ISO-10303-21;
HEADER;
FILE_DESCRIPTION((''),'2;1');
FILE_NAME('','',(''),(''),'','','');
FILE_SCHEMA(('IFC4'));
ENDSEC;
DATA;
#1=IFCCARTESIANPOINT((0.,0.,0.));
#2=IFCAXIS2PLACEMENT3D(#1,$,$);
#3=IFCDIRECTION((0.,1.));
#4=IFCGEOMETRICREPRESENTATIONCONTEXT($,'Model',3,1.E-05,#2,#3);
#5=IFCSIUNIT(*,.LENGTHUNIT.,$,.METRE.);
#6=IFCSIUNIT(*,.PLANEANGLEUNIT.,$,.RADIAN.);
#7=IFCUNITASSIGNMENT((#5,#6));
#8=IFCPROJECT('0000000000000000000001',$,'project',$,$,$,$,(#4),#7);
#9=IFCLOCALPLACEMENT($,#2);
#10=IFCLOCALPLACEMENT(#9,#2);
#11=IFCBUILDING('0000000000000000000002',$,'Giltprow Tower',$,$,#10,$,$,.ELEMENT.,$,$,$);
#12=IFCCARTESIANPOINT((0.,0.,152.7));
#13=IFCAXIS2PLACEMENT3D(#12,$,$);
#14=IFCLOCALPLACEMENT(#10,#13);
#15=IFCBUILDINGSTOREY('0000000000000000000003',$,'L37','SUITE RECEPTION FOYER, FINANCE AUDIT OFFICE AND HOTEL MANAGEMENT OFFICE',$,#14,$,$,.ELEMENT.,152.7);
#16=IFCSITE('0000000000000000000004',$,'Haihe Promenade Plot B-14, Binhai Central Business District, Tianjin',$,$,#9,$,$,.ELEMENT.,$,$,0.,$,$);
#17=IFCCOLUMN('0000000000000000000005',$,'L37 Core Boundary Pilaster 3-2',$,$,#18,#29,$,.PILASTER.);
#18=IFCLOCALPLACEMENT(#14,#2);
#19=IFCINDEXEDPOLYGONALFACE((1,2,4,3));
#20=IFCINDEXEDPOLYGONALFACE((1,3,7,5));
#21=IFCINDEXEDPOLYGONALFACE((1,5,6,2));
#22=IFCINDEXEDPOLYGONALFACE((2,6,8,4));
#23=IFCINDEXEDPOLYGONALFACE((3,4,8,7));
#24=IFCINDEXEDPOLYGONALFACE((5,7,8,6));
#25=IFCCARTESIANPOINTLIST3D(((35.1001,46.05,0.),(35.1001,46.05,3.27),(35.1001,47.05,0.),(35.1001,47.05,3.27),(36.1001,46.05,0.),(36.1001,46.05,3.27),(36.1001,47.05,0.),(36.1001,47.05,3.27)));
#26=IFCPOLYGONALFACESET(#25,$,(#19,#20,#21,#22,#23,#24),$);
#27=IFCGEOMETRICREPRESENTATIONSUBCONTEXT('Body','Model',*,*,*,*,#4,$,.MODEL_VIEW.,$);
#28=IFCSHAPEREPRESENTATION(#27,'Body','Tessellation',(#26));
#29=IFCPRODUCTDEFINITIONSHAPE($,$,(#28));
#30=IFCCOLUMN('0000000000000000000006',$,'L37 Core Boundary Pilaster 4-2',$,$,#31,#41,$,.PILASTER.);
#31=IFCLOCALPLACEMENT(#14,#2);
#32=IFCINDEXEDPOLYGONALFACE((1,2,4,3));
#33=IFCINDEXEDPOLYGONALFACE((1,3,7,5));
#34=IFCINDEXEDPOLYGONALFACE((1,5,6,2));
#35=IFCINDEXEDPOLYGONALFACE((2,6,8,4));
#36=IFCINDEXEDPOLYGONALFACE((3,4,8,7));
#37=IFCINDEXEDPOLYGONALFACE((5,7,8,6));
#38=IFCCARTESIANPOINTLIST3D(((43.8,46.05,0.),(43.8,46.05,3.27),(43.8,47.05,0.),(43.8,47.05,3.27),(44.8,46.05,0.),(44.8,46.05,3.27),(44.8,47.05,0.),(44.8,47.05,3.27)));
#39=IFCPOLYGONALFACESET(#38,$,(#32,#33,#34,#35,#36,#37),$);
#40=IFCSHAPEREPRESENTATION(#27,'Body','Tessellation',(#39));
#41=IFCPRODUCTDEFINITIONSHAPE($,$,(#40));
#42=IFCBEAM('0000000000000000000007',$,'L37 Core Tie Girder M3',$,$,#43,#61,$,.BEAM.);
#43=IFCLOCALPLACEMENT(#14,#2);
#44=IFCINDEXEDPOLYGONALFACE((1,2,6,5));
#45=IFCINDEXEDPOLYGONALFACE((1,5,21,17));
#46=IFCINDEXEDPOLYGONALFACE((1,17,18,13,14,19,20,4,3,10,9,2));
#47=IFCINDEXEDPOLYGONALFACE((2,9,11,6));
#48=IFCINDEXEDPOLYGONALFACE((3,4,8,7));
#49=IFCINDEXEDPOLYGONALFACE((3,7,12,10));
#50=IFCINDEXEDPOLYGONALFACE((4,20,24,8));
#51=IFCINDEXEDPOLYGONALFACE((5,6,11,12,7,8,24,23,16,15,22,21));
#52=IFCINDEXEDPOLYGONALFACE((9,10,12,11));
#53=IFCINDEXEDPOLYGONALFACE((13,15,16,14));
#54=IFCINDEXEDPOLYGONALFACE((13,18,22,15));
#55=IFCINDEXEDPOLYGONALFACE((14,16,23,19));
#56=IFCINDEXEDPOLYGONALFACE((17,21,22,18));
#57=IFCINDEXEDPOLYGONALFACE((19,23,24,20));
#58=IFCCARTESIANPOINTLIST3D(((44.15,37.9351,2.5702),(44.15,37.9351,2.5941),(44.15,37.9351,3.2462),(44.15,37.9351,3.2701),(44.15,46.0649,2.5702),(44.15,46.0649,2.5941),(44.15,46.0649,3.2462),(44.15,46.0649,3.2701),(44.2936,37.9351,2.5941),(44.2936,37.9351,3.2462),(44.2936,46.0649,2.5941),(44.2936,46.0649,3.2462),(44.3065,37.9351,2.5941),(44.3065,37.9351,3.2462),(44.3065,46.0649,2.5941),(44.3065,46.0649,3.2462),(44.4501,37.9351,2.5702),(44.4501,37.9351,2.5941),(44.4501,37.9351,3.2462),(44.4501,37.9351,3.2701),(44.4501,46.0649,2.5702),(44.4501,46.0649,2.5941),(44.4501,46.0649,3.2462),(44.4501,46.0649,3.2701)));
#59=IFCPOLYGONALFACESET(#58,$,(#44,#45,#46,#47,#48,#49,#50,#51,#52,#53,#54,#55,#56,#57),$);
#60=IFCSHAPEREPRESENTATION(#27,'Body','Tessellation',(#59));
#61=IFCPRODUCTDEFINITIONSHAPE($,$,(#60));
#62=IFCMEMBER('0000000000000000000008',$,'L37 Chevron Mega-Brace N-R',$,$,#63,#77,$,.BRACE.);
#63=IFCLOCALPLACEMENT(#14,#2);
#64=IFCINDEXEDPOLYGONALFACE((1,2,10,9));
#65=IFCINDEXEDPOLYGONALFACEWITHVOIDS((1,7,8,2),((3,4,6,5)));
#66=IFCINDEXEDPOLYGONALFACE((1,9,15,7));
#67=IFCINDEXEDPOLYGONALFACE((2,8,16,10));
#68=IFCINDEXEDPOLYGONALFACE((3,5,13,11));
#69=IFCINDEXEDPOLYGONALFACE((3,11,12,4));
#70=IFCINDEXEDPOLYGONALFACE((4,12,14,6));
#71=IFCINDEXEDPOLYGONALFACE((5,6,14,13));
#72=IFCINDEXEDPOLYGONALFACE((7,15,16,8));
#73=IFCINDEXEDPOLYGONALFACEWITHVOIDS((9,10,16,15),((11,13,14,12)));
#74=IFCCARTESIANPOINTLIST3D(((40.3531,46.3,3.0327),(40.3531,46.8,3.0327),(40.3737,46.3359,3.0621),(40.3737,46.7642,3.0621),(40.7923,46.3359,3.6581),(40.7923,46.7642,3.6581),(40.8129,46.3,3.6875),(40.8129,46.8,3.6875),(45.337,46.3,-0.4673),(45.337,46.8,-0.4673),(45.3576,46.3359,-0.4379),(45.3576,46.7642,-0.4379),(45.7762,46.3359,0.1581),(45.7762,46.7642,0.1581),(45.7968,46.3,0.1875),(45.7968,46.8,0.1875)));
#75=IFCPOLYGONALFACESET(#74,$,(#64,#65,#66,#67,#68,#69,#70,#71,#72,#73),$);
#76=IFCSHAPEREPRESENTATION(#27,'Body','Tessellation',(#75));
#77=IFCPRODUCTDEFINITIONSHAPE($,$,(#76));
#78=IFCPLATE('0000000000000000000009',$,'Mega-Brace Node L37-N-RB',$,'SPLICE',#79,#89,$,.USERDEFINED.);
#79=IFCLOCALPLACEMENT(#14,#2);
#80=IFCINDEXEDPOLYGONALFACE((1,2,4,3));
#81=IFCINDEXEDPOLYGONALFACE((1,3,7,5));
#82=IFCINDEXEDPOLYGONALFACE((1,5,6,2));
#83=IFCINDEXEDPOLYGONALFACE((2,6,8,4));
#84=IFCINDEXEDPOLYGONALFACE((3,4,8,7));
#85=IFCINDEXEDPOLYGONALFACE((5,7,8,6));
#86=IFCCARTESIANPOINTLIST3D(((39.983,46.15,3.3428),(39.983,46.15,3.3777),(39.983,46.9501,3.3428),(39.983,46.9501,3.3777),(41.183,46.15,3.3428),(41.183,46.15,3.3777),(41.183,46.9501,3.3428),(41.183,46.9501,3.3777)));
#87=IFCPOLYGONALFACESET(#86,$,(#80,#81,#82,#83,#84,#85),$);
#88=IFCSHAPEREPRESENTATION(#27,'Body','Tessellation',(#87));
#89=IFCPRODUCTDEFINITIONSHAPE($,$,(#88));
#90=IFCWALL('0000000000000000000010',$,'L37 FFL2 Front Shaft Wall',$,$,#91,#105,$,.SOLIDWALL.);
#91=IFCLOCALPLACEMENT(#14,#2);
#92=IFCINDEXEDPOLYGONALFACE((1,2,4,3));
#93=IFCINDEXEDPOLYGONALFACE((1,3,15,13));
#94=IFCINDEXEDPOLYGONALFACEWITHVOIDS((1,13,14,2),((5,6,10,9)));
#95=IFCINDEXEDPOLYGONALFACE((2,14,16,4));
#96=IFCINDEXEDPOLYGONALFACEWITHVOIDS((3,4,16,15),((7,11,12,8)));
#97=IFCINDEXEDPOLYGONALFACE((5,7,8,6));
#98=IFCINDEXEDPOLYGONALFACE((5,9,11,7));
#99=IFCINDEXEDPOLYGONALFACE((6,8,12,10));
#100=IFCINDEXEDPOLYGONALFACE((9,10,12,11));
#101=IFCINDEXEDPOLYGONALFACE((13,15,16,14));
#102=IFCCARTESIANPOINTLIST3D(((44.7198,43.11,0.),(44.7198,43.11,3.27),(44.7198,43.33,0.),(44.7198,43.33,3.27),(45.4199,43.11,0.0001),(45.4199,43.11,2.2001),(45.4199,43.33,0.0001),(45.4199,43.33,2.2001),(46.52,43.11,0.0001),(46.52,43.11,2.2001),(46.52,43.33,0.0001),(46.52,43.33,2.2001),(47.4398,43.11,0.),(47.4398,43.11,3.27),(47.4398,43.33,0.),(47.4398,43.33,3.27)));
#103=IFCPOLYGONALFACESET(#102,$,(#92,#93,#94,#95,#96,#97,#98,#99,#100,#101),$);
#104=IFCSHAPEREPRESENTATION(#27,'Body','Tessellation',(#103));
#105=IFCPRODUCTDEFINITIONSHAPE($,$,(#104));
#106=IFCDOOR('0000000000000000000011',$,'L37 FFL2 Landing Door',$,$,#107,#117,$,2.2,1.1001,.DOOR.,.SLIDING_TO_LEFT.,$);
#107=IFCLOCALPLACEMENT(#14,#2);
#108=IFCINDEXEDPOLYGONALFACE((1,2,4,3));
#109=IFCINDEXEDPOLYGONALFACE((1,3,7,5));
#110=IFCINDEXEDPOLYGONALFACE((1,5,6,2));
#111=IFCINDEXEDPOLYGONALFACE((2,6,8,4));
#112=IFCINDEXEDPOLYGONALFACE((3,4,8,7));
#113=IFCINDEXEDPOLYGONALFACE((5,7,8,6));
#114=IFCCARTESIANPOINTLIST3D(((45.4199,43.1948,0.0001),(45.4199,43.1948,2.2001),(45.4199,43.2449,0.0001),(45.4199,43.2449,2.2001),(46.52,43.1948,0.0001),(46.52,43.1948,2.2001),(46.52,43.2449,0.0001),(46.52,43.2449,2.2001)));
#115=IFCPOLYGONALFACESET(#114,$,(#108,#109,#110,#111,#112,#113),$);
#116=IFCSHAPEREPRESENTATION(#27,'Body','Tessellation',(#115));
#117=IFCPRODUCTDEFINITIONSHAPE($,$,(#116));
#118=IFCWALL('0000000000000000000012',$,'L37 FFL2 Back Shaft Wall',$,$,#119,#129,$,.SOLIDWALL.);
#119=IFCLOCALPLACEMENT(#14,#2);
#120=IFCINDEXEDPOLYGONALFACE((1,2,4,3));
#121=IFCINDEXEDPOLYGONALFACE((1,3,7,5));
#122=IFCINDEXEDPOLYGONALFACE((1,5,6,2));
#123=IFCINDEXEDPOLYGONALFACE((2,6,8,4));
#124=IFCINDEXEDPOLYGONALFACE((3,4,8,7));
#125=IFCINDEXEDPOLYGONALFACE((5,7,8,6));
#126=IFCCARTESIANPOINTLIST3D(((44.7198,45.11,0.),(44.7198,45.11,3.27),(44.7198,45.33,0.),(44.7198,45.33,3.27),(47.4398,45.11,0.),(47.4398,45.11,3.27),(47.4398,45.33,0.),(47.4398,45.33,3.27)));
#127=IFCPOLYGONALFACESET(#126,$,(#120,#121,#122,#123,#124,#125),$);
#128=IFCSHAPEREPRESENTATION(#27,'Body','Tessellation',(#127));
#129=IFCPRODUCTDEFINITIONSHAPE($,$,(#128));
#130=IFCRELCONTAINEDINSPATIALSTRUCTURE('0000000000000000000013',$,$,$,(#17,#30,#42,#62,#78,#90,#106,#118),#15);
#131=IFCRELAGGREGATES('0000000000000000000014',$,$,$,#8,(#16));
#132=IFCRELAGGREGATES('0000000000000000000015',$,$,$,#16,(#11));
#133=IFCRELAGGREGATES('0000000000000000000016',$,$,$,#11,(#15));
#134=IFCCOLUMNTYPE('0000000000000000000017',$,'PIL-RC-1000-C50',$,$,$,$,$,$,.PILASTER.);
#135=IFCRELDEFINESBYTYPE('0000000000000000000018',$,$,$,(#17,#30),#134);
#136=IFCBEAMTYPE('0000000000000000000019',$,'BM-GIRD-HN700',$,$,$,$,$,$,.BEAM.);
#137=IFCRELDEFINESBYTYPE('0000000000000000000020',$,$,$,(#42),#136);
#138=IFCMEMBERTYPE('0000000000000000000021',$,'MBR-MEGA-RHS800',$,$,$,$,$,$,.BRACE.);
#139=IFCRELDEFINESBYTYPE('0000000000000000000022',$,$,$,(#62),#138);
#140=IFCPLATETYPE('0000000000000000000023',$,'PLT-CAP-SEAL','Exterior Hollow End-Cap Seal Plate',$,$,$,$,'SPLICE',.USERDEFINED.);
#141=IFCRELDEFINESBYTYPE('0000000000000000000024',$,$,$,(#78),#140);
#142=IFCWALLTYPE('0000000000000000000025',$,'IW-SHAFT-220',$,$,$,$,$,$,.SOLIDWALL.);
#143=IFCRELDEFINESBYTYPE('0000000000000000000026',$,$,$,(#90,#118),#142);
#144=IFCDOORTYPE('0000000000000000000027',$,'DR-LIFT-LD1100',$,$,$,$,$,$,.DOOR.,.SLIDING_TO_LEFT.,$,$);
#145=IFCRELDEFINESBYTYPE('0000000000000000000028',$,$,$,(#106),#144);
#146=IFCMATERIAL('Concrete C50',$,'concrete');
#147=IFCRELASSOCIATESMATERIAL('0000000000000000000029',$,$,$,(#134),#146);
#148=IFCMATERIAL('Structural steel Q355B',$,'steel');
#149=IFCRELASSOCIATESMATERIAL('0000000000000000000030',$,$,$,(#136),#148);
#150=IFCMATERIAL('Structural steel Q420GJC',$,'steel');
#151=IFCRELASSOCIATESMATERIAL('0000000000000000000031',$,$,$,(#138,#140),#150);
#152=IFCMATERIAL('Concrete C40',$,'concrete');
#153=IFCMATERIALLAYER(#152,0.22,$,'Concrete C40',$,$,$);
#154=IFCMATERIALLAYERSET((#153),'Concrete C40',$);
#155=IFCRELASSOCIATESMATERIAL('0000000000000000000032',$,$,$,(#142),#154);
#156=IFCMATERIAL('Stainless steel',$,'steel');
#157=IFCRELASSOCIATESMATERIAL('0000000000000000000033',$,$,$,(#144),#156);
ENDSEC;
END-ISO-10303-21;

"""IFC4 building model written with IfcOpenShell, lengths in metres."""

from ifc_helpers import new_model, si_unit, direction, frame, frame_2d, origin, origin_2d, place, context, subcontext, project, spatial, rectangle, hollow_rectangle, i_section, extrude, source, transform, mapped, material, layer, layer_set, material_profile, profile_set, type_object, element, fill, save


model = new_model("IFC4")

# Units and contexts
model_context = context("Model", 3, precision=1e-05, world=origin(), true_north=direction((0.0, 1.0)))
body_context = subcontext(model_context, "Body", "Model", "MODEL_VIEW")
ifc_project = project(units=[si_unit("LENGTHUNIT", "METRE"), si_unit("PLANEANGLEUNIT", "RADIAN")], contexts=[model_context])

# Site, building, storey
site_placement = place(None, origin())
site = spatial("IfcSite", under=ifc_project, at=site_placement, Name="Haihe Promenade Plot B-14, Binhai Central Business District, Tianjin", CompositionType="ELEMENT", RefElevation=0.0)
building_placement = place(site_placement, origin())
building = spatial("IfcBuilding", under=site, at=building_placement, Name="Giltprow Tower", CompositionType="ELEMENT")
storey_placement = place(building_placement, frame((0.0, 0.0, 152.7)))
storey = spatial("IfcBuildingStorey", under=building, at=storey_placement, Name="L37", Description="SUITE RECEPTION FOYER, FINANCE AUDIT OFFICE AND HOTEL MANAGEMENT OFFICE", CompositionType="ELEMENT", Elevation=152.7)

# Columns
ifc_material_1 = material(Name="Concrete C50", Category="concrete")
ifc_material_profile_1 = material_profile(ifc_material_1, rectangle(XDim=1.0, YDim=1.0, at=origin_2d()), Name="RC 1000x1000")
ifc_profile_set_1 = profile_set([ifc_material_profile_1], Name="Concrete C50")
column_type = type_object("IfcColumnType", Name="PIL-RC-1000-C50", PredefinedType="PILASTER", material=ifc_profile_set_1)
shared_shape_1 = source(origin(), body_context, "Body", "SweptSolid", [
    extrude(rectangle(XDim=1.0, YDim=1.0, at=origin_2d()), origin(), (0.0, 0.0, 1.0), 3.27),
])
for number, where, z_axis, x_axis, name in (
    (1, (35.6001, 46.55, 0.0), (0.0, 0.0, 1.0), (1.0, 0.0, 0.0), "L37 Core Boundary Pilaster 3-2"),
    (2, (44.3, 46.55, 0.0), (0.0, 0.0, 1.0), (1.0, 0.0, 0.0), "L37 Core Boundary Pilaster 4-2"),
):
    element("IfcColumn", number, at=place(storey_placement, frame(where, z_axis=z_axis, x_axis=x_axis)), inside=storey, type_object=column_type, Name=name, PredefinedType="PILASTER", context=body_context, shape_type="MappedRepresentation", body=[
        mapped(shared_shape_1, transform((0.0, 0.0, 0.0), x_axis=(1.0, 0.0, 0.0), y_axis=(0.0, 1.0, 0.0), z_axis=(0.0, 0.0, 1.0), scale=1.0)),
    ])

# Beam
ifc_material_2 = material(Name="Structural steel Q355B", Category="steel")
ifc_material_profile_2 = material_profile(ifc_material_2, i_section(OverallWidth=0.3, OverallDepth=0.7, WebThickness=0.0129, FlangeThickness=0.0239, at=origin_2d()), Name="HN 700x300x13x24")
ifc_profile_set_2 = profile_set([ifc_material_profile_2], Name="Structural steel Q355B")
beam_type = type_object("IfcBeamType", Name="BM-GIRD-HN700", PredefinedType="BEAM", material=ifc_profile_set_2)
shared_shape_2 = source(origin(), body_context, "Body", "SweptSolid", [
    extrude(i_section(OverallWidth=0.3, OverallDepth=0.7, WebThickness=0.0129, FlangeThickness=0.0239, at=origin_2d()), origin(), (0.0, 0.0, 1.0), 8.1299),
])
beam_placement = place(storey_placement, frame((44.3, 37.9351, 2.9202), z_axis=(0.0, 1.0, 0.0), x_axis=(-1.0, 0.0, 0.0)))
element("IfcBeam", 3, at=beam_placement, inside=storey, type_object=beam_type, Name="L37 Core Tie Girder M3", PredefinedType="BEAM", context=body_context, shape_type="MappedRepresentation", body=[
    mapped(shared_shape_2, transform((0.0, 0.0, 0.0), x_axis=(1.0, 0.0, 0.0), y_axis=(0.0, 1.0, 0.0), z_axis=(0.0, 0.0, 1.0), scale=1.0)),
])

# Member
ifc_material_3 = material(Name="Structural steel Q420GJC", Category="steel")
ifc_material_profile_3 = material_profile(ifc_material_3, hollow_rectangle(XDim=0.5, YDim=0.8, WallThickness=0.0359, at=origin_2d()), Name="RHS 800x500x36")
ifc_profile_set_3 = profile_set([ifc_material_profile_3], Name="Structural steel Q420GJC")
member_type = type_object("IfcMemberType", Name="MBR-MEGA-RHS800", PredefinedType="BRACE", material=ifc_profile_set_3)
shared_shape_3 = source(origin(), body_context, "Body", "SweptSolid", [
    extrude(hollow_rectangle(XDim=0.5, YDim=0.8, WallThickness=0.0359, at=origin_2d()), origin(), (0.0, 0.0, 1.0), 6.0901),
])
member_placement = place(storey_placement, frame((45.5669, 46.55, -0.1399), z_axis=(-0.818361, 0.0, 0.574705), x_axis=(0.0, -1.0, 0.0)))
element("IfcMember", 4, at=member_placement, inside=storey, type_object=member_type, Name="L37 Chevron Mega-Brace N-R", PredefinedType="BRACE", context=body_context, shape_type="MappedRepresentation", body=[
    mapped(shared_shape_3, transform((0.0, 0.0, 0.0), x_axis=(1.0, 0.0, 0.0), y_axis=(0.0, 1.0, 0.0), z_axis=(0.0, 0.0, 1.0), scale=1.0)),
])

# Plate
plate_type = type_object("IfcPlateType", Name="PLT-CAP-SEAL", Description="Exterior Hollow End-Cap Seal Plate", ElementType="SPLICE", PredefinedType="USERDEFINED", material=ifc_material_3)
shared_shape_4 = source(origin(), body_context, "Body", "SweptSolid", [
    extrude(rectangle(XDim=1.2, YDim=0.8, at=origin_2d()), origin(), (0.0, 0.0, 1.0), 0.0349),
])
plate_placement = place(storey_placement, frame((40.583, 46.55, 3.3428), z_axis=(0.0, 0.0, 1.0), x_axis=(1.0, 0.0, 0.0)))
element("IfcPlate", 5, at=plate_placement, inside=storey, type_object=plate_type, Name="Mega-Brace Node L37-N-RB", ObjectType="SPLICE", PredefinedType="USERDEFINED", context=body_context, shape_type="MappedRepresentation", body=[
    mapped(shared_shape_4, transform((0.0, 0.0, 0.0), x_axis=(1.0, 0.0, 0.0), y_axis=(0.0, 1.0, 0.0), z_axis=(0.0, 0.0, 1.0), scale=1.0)),
])

# Wall, opening, door
ifc_material_4 = material(Name="Concrete C40", Category="concrete")
ifc_layer_1 = layer(ifc_material_4, 0.22, Name="Concrete C40")
ifc_layer_set_1 = layer_set([ifc_layer_1], Name="Concrete C40")
wall_type_1 = type_object("IfcWallType", Name="IW-SHAFT-220", PredefinedType="SOLIDWALL", material=ifc_layer_set_1)
wall_1_placement = place(storey_placement, frame((44.72, 43.22, 0.0), z_axis=(0.0, 0.0, 1.0), x_axis=(1.0, 0.0, 0.0)))
wall_1 = element("IfcWall", 6, at=wall_1_placement, inside=storey, type_object=wall_type_1, Name="L37 FFL2 Front Shaft Wall", PredefinedType="SOLIDWALL", context=body_context, shape_type="SweptSolid", body=[
    extrude(rectangle(XDim=2.72, YDim=0.22, at=frame_2d((1.3599, 0.0))), origin(), (0.0, 0.0, 1.0), 3.27),
])
opening_1_placement = place(wall_1_placement, frame((0.7, 0.0, 0.0)))
opening_1 = element("IfcOpeningElement", 7, at=opening_1_placement, cuts=wall_1, PredefinedType="OPENING", context=body_context, shape_type="SweptSolid", body=[
    extrude(rectangle(XDim=1.1001, YDim=2.2, at=frame_2d((0.55, 1.1001))), frame((0.0, 0.1199, 0.0), z_axis=(0.0, -1.0, 0.0), x_axis=(1.0, 0.0, 0.0)), (0.0, 0.0, 1.0), 0.24),
])
ifc_material_5 = material(Name="Stainless steel", Category="steel")
door_type = type_object("IfcDoorType", Name="DR-LIFT-LD1100", OperationType="SLIDING_TO_LEFT", PredefinedType="DOOR", material=ifc_material_5)
shared_shape_5 = source(origin(), body_context, "Body", "SweptSolid", [
    extrude(rectangle(XDim=1.1001, YDim=2.2, at=frame_2d((0.55, 1.1001))), frame((0.0, 0.0249, 0.0), z_axis=(0.0, -1.0, 0.0), x_axis=(1.0, 0.0, 0.0)), (0.0, 0.0, 1.0), 0.05),
])
door_1_placement = place(opening_1_placement, origin())
door_1 = element("IfcDoor", 8, at=door_1_placement, inside=storey, type_object=door_type, Name="L37 FFL2 Landing Door", OperationType="SLIDING_TO_LEFT", OverallHeight=2.2, OverallWidth=1.1001, PredefinedType="DOOR", context=body_context, shape_type="MappedRepresentation", body=[
    mapped(shared_shape_5, transform((0.0, 0.0, 0.0), x_axis=(1.0, 0.0, 0.0), y_axis=(0.0, 1.0, 0.0), z_axis=(0.0, 0.0, 1.0), scale=1.0)),
])
fill(opening_1, door_1)

# Wall
wall_2_placement = place(storey_placement, frame((44.72, 45.22, 0.0), z_axis=(0.0, 0.0, 1.0), x_axis=(1.0, 0.0, 0.0)))
element("IfcWall", 9, at=wall_2_placement, inside=storey, type_object=wall_type_1, Name="L37 FFL2 Back Shaft Wall", PredefinedType="SOLIDWALL", context=body_context, shape_type="SweptSolid", body=[
    extrude(rectangle(XDim=2.72, YDim=0.22, at=frame_2d((1.3599, 0.0))), origin(), (0.0, 0.0, 1.0), 3.27),
])

save(model, "model.ifc")
